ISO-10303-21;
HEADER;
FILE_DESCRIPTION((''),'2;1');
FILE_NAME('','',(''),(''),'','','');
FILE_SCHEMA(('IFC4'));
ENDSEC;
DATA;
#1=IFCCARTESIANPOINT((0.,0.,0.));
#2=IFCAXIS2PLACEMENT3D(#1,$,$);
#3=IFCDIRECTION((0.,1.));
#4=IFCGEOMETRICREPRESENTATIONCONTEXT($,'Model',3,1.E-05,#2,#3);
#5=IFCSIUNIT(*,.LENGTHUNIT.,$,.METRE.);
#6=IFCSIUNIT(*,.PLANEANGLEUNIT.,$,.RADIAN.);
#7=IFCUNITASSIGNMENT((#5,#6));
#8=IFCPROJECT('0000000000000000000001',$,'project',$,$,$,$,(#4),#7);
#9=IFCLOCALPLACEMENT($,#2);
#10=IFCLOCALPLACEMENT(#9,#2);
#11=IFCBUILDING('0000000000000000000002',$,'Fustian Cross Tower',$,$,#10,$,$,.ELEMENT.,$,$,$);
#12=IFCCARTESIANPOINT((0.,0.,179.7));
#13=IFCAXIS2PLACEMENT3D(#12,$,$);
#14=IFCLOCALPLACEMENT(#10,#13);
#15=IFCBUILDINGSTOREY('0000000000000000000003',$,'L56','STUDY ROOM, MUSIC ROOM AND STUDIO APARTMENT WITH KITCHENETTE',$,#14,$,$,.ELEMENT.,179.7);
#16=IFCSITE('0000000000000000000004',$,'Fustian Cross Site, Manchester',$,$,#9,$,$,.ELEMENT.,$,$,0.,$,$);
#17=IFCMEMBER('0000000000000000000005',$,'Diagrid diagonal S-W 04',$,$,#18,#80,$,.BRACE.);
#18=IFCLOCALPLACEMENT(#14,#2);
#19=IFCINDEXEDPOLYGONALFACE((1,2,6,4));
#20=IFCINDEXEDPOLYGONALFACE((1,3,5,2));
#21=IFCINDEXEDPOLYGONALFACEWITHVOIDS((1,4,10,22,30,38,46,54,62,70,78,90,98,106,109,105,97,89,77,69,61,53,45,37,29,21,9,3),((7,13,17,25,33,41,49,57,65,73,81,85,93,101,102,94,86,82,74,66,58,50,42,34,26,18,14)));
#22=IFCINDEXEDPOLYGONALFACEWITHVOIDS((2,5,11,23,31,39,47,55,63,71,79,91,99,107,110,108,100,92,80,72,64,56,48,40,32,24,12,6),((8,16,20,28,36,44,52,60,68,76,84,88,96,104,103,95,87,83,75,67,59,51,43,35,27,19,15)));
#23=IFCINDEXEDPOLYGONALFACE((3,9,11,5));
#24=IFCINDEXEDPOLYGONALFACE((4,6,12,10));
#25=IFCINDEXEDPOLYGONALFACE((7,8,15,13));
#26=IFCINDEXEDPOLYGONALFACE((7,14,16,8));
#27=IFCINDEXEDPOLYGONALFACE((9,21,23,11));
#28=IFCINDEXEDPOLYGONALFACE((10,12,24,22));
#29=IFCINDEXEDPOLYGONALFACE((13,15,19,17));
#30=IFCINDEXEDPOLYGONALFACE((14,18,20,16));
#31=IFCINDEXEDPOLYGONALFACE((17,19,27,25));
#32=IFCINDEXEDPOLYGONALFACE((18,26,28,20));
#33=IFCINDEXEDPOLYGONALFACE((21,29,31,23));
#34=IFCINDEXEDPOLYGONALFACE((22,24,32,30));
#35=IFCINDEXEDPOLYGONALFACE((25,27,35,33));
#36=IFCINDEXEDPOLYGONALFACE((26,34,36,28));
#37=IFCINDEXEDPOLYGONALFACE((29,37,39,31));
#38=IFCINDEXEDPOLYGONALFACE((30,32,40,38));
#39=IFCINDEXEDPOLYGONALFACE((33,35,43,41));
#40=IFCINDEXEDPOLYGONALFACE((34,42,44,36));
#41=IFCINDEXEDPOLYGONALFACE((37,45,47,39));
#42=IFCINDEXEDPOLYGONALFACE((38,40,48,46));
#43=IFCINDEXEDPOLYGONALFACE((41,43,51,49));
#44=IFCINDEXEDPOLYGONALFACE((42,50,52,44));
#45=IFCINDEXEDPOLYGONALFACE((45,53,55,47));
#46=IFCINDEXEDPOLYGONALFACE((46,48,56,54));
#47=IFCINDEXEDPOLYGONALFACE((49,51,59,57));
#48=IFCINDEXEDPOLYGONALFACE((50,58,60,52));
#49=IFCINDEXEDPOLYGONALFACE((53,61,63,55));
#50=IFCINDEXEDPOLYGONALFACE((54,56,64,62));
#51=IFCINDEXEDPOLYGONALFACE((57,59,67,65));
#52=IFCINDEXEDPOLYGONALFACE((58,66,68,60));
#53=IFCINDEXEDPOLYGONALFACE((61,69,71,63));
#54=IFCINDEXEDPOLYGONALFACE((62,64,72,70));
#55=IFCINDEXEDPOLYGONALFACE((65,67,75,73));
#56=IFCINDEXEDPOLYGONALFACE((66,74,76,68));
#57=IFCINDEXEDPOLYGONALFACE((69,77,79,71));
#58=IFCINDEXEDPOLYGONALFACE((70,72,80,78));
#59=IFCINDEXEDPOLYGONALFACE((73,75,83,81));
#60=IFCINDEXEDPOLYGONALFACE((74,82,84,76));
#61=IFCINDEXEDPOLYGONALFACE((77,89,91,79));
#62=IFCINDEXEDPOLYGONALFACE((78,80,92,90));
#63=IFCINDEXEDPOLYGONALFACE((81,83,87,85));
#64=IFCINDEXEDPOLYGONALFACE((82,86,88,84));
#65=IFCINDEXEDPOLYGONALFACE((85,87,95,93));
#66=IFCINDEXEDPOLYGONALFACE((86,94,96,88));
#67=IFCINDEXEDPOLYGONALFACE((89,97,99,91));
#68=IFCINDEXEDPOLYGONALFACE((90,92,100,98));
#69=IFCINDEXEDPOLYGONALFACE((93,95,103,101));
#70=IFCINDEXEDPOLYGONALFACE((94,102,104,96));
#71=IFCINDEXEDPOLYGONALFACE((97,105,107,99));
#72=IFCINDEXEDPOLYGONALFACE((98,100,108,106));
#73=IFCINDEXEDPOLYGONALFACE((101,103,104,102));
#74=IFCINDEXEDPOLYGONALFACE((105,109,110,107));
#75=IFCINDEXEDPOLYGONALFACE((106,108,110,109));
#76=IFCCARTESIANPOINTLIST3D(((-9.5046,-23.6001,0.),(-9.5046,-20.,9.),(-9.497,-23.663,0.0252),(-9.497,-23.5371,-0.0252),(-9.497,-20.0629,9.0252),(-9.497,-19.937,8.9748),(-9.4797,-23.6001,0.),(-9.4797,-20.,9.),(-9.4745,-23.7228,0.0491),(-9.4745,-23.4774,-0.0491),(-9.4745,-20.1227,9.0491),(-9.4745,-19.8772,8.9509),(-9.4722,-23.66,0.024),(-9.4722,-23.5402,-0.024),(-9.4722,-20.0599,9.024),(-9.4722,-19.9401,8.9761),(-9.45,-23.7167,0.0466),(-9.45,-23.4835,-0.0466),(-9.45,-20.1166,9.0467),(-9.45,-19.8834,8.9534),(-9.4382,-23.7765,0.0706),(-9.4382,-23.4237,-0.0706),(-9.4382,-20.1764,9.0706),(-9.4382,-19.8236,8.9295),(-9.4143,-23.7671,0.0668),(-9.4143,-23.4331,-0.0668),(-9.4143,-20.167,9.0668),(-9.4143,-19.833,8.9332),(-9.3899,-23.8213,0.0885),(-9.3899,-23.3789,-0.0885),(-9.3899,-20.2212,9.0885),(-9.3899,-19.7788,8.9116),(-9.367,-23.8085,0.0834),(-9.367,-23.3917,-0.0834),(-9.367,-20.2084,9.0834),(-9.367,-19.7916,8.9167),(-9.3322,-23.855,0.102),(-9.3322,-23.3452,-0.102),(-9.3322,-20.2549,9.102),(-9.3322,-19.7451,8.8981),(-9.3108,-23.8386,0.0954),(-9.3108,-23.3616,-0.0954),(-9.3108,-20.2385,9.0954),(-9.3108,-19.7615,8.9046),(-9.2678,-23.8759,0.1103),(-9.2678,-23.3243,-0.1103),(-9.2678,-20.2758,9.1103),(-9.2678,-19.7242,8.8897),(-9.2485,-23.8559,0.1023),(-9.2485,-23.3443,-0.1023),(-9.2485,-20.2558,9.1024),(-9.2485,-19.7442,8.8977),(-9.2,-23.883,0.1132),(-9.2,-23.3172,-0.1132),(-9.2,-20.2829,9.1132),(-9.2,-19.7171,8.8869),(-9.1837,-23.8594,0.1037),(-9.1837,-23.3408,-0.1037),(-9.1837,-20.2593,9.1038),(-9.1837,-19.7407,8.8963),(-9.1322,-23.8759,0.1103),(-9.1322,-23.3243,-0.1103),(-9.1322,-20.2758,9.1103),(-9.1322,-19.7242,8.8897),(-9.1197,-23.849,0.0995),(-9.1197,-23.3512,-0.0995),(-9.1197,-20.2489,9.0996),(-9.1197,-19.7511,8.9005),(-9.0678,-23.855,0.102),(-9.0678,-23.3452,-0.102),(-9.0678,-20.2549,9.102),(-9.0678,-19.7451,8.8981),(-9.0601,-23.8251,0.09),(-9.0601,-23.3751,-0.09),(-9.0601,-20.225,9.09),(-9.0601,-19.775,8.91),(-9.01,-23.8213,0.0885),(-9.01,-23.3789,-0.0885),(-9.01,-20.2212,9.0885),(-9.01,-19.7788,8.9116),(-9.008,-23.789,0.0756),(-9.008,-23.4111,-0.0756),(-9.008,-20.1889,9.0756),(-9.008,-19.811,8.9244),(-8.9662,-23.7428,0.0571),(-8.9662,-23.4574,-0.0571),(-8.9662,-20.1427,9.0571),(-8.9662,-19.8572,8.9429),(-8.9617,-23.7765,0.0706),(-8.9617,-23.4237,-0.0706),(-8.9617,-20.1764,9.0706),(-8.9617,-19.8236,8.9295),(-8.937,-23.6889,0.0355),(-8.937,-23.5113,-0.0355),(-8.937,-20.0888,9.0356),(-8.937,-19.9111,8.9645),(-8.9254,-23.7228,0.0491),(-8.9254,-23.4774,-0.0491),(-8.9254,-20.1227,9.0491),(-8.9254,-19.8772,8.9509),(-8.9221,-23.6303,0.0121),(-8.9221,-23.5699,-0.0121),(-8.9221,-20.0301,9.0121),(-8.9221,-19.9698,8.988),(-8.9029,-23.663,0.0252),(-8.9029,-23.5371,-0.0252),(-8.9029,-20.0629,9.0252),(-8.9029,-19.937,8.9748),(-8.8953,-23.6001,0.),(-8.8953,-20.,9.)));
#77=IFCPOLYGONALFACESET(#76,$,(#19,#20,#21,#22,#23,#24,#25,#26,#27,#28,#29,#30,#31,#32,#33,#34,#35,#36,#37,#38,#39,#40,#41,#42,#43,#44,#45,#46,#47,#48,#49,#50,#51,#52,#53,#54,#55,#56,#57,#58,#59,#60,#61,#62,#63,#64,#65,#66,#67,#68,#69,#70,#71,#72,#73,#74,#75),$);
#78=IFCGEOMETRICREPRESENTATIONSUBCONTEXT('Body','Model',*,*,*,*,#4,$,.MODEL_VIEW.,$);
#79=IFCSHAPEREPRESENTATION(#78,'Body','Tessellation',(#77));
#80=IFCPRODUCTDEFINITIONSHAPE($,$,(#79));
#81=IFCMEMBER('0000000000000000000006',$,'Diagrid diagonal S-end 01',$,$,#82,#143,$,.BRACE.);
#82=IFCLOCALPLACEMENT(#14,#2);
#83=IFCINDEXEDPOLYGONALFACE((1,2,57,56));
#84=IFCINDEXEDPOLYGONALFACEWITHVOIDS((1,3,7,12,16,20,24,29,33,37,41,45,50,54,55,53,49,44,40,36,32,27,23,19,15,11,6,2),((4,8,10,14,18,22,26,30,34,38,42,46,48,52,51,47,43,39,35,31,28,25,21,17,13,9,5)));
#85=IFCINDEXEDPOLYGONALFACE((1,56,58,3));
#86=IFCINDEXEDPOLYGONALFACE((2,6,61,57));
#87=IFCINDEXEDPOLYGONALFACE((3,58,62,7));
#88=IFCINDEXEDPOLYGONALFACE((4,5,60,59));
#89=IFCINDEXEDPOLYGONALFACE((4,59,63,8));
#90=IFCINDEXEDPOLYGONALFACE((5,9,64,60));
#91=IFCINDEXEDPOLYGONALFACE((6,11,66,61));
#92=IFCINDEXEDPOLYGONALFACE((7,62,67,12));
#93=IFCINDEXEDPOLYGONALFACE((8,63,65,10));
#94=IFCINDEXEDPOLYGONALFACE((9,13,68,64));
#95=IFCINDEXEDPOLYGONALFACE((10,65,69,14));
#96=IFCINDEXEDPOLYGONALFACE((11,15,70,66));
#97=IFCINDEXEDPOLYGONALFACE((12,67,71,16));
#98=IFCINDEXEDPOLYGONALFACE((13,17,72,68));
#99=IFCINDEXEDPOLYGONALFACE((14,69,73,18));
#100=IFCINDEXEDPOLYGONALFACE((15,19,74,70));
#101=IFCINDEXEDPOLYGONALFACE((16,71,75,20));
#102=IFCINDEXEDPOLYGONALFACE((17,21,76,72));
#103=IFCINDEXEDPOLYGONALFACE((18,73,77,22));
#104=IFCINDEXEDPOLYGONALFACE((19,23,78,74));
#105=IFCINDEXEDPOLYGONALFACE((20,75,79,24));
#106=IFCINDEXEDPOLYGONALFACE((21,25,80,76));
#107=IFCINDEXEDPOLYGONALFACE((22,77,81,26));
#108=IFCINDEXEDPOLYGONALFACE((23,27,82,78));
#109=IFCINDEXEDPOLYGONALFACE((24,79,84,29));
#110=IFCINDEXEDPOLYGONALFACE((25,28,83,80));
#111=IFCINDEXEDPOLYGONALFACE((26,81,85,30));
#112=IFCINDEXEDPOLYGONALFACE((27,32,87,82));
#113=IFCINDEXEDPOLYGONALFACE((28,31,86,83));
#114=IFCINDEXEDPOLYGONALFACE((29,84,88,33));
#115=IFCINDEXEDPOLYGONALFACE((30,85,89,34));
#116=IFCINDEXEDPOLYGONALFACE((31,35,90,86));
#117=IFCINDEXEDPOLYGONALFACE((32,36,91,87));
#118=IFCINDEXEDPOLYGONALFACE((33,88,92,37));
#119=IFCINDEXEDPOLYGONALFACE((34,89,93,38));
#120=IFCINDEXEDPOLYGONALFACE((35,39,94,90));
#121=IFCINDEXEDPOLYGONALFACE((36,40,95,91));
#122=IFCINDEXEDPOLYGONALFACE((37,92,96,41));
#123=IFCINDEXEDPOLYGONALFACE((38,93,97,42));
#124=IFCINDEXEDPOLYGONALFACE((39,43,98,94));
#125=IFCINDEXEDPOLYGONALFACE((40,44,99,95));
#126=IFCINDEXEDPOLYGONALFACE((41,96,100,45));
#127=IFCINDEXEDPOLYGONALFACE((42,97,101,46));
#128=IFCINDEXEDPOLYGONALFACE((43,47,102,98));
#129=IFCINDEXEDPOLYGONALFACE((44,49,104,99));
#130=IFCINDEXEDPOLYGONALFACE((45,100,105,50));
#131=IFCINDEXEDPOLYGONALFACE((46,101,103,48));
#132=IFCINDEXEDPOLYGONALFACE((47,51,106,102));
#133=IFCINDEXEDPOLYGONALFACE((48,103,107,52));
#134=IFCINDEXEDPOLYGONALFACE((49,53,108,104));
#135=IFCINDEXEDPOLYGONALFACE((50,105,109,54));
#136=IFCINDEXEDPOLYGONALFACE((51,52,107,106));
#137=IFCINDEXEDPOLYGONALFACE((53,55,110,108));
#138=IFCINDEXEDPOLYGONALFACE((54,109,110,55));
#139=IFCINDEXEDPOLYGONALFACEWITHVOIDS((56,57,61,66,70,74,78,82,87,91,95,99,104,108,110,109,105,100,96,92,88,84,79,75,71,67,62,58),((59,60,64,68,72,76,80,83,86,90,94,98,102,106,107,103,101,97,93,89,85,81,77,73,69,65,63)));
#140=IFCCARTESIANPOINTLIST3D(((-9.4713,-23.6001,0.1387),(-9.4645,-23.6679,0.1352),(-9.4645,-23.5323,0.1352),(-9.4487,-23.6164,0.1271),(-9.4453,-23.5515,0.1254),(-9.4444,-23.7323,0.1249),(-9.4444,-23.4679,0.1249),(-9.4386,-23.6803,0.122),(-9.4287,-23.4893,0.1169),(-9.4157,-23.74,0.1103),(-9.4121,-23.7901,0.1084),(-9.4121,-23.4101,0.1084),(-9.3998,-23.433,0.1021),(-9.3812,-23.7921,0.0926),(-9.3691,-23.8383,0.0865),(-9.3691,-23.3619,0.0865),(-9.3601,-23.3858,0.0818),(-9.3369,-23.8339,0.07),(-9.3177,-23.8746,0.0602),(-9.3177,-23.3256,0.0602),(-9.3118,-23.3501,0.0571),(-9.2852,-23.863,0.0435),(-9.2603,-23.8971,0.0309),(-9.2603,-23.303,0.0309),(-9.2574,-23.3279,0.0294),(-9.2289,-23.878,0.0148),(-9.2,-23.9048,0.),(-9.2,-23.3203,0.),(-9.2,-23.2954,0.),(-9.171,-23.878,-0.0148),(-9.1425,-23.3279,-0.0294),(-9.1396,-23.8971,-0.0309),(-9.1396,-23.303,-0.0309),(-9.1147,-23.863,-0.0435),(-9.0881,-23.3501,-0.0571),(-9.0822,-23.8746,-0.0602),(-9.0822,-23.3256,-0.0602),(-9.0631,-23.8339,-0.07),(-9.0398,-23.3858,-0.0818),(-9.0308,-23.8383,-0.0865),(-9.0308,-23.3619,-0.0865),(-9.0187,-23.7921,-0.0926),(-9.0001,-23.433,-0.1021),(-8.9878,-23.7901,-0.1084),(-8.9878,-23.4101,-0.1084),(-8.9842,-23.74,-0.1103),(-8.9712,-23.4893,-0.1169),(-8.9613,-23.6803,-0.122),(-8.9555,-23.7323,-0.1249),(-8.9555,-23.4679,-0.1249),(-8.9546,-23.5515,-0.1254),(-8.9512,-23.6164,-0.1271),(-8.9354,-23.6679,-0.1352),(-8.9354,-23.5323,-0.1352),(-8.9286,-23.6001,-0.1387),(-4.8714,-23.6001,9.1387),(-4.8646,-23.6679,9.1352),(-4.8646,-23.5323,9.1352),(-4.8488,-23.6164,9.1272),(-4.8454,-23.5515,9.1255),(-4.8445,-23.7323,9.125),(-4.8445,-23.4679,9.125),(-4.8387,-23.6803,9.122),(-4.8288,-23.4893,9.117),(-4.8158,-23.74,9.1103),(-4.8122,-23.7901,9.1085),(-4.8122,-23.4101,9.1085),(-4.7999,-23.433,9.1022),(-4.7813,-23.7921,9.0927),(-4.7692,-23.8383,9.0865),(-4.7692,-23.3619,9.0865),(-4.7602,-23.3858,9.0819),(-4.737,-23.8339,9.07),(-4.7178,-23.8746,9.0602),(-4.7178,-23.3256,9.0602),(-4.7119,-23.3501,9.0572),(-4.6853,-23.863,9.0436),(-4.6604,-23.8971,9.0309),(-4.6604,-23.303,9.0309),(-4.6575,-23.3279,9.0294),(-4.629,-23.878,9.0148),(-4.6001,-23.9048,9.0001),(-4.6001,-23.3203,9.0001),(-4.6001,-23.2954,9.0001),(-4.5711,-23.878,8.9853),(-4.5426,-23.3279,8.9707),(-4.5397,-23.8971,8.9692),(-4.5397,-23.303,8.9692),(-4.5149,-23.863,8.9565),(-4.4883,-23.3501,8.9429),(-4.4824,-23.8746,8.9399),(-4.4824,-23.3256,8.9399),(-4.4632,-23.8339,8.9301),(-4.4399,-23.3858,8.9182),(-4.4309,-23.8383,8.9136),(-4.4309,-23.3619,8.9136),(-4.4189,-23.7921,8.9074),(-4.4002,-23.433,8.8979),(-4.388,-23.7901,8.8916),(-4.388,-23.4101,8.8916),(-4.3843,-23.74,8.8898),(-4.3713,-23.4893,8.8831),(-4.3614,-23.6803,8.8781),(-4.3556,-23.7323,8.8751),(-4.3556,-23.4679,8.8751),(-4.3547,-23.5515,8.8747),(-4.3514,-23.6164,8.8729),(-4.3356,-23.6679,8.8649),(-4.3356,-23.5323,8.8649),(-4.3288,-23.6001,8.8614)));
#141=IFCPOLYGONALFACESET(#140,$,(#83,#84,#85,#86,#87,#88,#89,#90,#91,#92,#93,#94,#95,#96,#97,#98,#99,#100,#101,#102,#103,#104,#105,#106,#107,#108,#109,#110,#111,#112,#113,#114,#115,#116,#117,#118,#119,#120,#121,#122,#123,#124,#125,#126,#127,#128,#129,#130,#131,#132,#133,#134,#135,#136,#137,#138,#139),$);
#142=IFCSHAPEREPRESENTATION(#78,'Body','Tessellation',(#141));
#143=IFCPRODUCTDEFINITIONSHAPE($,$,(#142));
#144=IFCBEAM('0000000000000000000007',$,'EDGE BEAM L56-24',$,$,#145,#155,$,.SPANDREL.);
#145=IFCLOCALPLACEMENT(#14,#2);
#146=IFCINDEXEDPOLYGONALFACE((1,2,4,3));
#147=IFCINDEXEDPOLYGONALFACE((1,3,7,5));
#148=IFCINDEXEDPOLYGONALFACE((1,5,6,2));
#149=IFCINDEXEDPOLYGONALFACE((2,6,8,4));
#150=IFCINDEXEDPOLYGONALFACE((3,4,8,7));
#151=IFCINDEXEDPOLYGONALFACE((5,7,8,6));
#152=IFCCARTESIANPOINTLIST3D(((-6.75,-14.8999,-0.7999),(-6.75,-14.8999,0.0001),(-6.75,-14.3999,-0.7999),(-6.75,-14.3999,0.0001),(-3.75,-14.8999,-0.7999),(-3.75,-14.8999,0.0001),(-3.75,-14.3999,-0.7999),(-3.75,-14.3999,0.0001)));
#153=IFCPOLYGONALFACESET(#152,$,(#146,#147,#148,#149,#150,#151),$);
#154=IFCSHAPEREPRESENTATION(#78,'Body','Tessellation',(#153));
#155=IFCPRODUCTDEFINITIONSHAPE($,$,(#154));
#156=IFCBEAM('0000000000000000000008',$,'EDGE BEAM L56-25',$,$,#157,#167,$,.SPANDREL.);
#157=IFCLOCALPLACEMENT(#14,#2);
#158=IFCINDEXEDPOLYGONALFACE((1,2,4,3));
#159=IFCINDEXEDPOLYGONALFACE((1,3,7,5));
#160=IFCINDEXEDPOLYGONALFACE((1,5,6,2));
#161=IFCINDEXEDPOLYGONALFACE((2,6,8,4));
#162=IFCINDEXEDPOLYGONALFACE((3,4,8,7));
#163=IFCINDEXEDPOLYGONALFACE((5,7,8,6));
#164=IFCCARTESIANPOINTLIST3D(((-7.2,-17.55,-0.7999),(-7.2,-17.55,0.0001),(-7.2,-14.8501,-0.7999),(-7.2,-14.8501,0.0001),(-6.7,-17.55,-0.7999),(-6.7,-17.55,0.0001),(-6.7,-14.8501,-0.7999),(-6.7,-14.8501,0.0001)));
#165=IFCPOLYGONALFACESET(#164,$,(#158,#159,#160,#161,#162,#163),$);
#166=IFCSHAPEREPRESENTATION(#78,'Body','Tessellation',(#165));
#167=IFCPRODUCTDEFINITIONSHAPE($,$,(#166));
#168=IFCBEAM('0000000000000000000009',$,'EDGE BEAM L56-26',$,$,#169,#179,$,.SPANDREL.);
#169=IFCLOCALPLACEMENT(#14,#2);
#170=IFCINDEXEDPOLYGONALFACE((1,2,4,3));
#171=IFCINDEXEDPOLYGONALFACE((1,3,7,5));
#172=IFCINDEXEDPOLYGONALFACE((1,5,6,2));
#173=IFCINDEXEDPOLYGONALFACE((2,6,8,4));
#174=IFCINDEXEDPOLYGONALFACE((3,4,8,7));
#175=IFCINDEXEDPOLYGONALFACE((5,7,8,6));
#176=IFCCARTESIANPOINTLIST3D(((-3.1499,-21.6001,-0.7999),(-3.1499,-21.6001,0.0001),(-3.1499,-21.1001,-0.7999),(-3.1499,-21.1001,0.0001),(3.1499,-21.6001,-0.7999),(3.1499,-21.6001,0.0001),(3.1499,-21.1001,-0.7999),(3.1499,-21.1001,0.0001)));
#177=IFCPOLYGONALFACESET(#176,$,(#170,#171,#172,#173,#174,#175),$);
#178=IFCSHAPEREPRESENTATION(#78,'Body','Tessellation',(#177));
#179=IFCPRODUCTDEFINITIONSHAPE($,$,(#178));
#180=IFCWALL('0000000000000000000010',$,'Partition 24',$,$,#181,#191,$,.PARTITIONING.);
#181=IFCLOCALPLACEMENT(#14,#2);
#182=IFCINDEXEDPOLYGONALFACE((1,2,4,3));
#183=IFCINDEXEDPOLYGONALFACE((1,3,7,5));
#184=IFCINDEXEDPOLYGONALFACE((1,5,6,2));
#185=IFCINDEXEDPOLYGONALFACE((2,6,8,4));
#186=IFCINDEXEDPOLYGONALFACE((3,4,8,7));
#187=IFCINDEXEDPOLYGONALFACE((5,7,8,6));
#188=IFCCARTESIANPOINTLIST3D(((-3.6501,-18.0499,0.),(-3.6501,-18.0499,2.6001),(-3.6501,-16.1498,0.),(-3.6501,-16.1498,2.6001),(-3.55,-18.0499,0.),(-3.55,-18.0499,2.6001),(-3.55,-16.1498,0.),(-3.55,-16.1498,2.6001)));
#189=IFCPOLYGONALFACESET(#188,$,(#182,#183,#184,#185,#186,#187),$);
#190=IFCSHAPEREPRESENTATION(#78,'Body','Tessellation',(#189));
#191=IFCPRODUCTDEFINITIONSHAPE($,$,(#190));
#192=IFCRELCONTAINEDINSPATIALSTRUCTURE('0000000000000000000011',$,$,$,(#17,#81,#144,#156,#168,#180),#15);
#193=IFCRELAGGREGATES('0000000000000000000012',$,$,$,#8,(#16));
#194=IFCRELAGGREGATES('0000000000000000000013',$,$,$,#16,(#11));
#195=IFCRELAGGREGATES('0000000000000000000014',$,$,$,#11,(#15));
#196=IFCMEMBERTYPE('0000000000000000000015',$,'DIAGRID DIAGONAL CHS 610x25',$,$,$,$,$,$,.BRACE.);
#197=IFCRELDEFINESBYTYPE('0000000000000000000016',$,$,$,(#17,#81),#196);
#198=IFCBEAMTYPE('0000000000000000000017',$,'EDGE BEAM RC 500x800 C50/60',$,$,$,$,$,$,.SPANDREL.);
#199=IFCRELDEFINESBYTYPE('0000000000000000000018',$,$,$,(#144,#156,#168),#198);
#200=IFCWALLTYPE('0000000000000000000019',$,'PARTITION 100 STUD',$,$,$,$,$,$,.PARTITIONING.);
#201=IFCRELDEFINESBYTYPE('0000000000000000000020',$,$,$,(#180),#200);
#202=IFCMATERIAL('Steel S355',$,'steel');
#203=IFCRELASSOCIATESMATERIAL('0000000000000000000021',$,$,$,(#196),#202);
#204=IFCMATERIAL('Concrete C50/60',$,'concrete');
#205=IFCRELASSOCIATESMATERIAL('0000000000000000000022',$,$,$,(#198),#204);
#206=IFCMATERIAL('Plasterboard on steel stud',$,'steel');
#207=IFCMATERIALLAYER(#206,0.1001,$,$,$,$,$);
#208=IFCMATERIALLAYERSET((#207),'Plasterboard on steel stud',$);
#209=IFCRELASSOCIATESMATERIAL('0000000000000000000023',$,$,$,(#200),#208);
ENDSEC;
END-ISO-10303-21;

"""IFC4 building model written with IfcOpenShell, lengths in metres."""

from ifc_helpers import new_model, si_unit, direction, frame, frame_2d, origin, origin_2d, place, context, subcontext, project, spatial, rectangle, hollow_circle, extrude, material, layer, layer_set, material_profile, profile_set, type_object, element, save


model = new_model("IFC4")

# Units and contexts
model_context = context("Model", 3, precision=1e-05, world=origin(), true_north=direction((0.0, 1.0)))
body_context = subcontext(model_context, "Body", "Model", "MODEL_VIEW")
ifc_project = project(units=[si_unit("LENGTHUNIT", "METRE"), si_unit("PLANEANGLEUNIT", "RADIAN")], contexts=[model_context])

# Site, building, storey
site_placement = place(None, origin())
site = spatial("IfcSite", under=ifc_project, at=site_placement, Name="Fustian Cross Site, Manchester", CompositionType="ELEMENT", RefElevation=0.0)
building_placement = place(site_placement, origin())
building = spatial("IfcBuilding", under=site, at=building_placement, Name="Fustian Cross Tower", CompositionType="ELEMENT")
storey_placement = place(building_placement, frame((0.0, 0.0, 179.7)))
storey = spatial("IfcBuildingStorey", under=building, at=storey_placement, Name="L56", Description="STUDY ROOM, MUSIC ROOM AND STUDIO APARTMENT WITH KITCHENETTE", CompositionType="ELEMENT", Elevation=179.7)

# Members
ifc_material_1 = material(Name="Steel S355", Category="steel")
ifc_material_profile_1 = material_profile(ifc_material_1, hollow_circle(Radius=0.3047, WallThickness=0.0249, at=origin_2d()), Name="CHS 610x25")
ifc_profile_set_1 = profile_set([ifc_material_profile_1], Name="Steel S355")
member_type_1 = type_object("IfcMemberType", Name="DIAGRID DIAGONAL CHS 610x25", PredefinedType="BRACE", material=ifc_profile_set_1)
member_1_placement = place(storey_placement, frame((-9.2, -23.6001, 0.0), z_axis=(0.0, 0.371399, 0.928473), x_axis=(-1.0, 0.0, 0.0)))
element("IfcMember", 1, at=member_1_placement, inside=storey, type_object=member_type_1, Name="Diagrid diagonal S-W 04", PredefinedType="BRACE", context=body_context, shape_type="SweptSolid", body=[
    extrude(hollow_circle(Radius=0.3047, WallThickness=0.0249, at=origin_2d()), origin(), (0.0, 0.0, 1.0), 9.6934),
])
member_2_placement = place(storey_placement, frame((-9.2, -23.6001, 0.0), z_axis=(0.4551, 0.0, 0.890441), x_axis=(0.0, 1.0, 0.0)))
element("IfcMember", 2, at=member_2_placement, inside=storey, type_object=member_type_1, Name="Diagrid diagonal S-end 01", PredefinedType="BRACE", context=body_context, shape_type="SweptSolid", body=[
    extrude(hollow_circle(Radius=0.3047, WallThickness=0.0249, at=origin_2d()), origin(), (0.0, 0.0, 1.0), 10.1074),
])

# Beams
ifc_material_2 = material(Name="Concrete C50/60", Category="concrete")
ifc_material_profile_2 = material_profile(ifc_material_2, rectangle(XDim=0.5, YDim=0.8, at=origin_2d()), Name="RC 500x800")
ifc_profile_set_2 = profile_set([ifc_material_profile_2], Name="Concrete C50/60")
beam_type = type_object("IfcBeamType", Name="EDGE BEAM RC 500x800 C50/60", PredefinedType="SPANDREL", material=ifc_profile_set_2)
beam_1_placement = place(storey_placement, frame((-3.75, -14.6499, -0.3999), z_axis=(-1.0, 0.0, 0.0), x_axis=(0.0, -1.0, 0.0)))
element("IfcBeam", 3, at=beam_1_placement, inside=storey, type_object=beam_type, Name="EDGE BEAM L56-24", PredefinedType="SPANDREL", context=body_context, shape_type="SweptSolid", body=[
    extrude(rectangle(XDim=0.5, YDim=0.8, at=origin_2d()), origin(), (0.0, 0.0, 1.0), 3.0),
])
beam_2_placement = place(storey_placement, frame((-6.95, -14.8501, -0.3999), z_axis=(0.0, -1.0, 0.0), x_axis=(1.0, 0.0, 0.0)))
element("IfcBeam", 4, at=beam_2_placement, inside=storey, type_object=beam_type, Name="EDGE BEAM L56-25", PredefinedType="SPANDREL", context=body_context, shape_type="SweptSolid", body=[
    extrude(rectangle(XDim=0.5, YDim=0.8, at=origin_2d()), origin(), (0.0, 0.0, 1.0), 2.7),
])
beam_3_placement = place(storey_placement, frame((-3.1499, -21.3501, -0.3999), z_axis=(1.0, 0.0, 0.0), x_axis=(0.0, 1.0, 0.0)))
element("IfcBeam", 5, at=beam_3_placement, inside=storey, type_object=beam_type, Name="EDGE BEAM L56-26", PredefinedType="SPANDREL", context=body_context, shape_type="SweptSolid", body=[
    extrude(rectangle(XDim=0.5, YDim=0.8, at=origin_2d()), origin(), (0.0, 0.0, 1.0), 6.2998),
])

# Wall
ifc_material_3 = material(Name="Plasterboard on steel stud", Category="steel")
ifc_layer_1 = layer(ifc_material_3, 0.1001)
ifc_layer_set_1 = layer_set([ifc_layer_1], Name="Plasterboard on steel stud")
wall_type_1 = type_object("IfcWallType", Name="PARTITION 100 STUD", PredefinedType="PARTITIONING", material=ifc_layer_set_1)
wall_1_placement = place(storey_placement, frame((-3.6001, -18.05, 0.0), z_axis=(0.0, 0.0, 1.0), x_axis=(0.0, 1.0, 0.0)))
element("IfcWall", 6, at=wall_1_placement, inside=storey, type_object=wall_type_1, Name="Partition 24", PredefinedType="PARTITIONING", context=body_context, shape_type="SweptSolid", body=[
    extrude(rectangle(XDim=1.9001, YDim=0.1001, at=frame_2d((0.9502, 0.0))), origin(), (0.0, 0.0, 1.0), 2.6001),
])

save(model, "model.ifc")
